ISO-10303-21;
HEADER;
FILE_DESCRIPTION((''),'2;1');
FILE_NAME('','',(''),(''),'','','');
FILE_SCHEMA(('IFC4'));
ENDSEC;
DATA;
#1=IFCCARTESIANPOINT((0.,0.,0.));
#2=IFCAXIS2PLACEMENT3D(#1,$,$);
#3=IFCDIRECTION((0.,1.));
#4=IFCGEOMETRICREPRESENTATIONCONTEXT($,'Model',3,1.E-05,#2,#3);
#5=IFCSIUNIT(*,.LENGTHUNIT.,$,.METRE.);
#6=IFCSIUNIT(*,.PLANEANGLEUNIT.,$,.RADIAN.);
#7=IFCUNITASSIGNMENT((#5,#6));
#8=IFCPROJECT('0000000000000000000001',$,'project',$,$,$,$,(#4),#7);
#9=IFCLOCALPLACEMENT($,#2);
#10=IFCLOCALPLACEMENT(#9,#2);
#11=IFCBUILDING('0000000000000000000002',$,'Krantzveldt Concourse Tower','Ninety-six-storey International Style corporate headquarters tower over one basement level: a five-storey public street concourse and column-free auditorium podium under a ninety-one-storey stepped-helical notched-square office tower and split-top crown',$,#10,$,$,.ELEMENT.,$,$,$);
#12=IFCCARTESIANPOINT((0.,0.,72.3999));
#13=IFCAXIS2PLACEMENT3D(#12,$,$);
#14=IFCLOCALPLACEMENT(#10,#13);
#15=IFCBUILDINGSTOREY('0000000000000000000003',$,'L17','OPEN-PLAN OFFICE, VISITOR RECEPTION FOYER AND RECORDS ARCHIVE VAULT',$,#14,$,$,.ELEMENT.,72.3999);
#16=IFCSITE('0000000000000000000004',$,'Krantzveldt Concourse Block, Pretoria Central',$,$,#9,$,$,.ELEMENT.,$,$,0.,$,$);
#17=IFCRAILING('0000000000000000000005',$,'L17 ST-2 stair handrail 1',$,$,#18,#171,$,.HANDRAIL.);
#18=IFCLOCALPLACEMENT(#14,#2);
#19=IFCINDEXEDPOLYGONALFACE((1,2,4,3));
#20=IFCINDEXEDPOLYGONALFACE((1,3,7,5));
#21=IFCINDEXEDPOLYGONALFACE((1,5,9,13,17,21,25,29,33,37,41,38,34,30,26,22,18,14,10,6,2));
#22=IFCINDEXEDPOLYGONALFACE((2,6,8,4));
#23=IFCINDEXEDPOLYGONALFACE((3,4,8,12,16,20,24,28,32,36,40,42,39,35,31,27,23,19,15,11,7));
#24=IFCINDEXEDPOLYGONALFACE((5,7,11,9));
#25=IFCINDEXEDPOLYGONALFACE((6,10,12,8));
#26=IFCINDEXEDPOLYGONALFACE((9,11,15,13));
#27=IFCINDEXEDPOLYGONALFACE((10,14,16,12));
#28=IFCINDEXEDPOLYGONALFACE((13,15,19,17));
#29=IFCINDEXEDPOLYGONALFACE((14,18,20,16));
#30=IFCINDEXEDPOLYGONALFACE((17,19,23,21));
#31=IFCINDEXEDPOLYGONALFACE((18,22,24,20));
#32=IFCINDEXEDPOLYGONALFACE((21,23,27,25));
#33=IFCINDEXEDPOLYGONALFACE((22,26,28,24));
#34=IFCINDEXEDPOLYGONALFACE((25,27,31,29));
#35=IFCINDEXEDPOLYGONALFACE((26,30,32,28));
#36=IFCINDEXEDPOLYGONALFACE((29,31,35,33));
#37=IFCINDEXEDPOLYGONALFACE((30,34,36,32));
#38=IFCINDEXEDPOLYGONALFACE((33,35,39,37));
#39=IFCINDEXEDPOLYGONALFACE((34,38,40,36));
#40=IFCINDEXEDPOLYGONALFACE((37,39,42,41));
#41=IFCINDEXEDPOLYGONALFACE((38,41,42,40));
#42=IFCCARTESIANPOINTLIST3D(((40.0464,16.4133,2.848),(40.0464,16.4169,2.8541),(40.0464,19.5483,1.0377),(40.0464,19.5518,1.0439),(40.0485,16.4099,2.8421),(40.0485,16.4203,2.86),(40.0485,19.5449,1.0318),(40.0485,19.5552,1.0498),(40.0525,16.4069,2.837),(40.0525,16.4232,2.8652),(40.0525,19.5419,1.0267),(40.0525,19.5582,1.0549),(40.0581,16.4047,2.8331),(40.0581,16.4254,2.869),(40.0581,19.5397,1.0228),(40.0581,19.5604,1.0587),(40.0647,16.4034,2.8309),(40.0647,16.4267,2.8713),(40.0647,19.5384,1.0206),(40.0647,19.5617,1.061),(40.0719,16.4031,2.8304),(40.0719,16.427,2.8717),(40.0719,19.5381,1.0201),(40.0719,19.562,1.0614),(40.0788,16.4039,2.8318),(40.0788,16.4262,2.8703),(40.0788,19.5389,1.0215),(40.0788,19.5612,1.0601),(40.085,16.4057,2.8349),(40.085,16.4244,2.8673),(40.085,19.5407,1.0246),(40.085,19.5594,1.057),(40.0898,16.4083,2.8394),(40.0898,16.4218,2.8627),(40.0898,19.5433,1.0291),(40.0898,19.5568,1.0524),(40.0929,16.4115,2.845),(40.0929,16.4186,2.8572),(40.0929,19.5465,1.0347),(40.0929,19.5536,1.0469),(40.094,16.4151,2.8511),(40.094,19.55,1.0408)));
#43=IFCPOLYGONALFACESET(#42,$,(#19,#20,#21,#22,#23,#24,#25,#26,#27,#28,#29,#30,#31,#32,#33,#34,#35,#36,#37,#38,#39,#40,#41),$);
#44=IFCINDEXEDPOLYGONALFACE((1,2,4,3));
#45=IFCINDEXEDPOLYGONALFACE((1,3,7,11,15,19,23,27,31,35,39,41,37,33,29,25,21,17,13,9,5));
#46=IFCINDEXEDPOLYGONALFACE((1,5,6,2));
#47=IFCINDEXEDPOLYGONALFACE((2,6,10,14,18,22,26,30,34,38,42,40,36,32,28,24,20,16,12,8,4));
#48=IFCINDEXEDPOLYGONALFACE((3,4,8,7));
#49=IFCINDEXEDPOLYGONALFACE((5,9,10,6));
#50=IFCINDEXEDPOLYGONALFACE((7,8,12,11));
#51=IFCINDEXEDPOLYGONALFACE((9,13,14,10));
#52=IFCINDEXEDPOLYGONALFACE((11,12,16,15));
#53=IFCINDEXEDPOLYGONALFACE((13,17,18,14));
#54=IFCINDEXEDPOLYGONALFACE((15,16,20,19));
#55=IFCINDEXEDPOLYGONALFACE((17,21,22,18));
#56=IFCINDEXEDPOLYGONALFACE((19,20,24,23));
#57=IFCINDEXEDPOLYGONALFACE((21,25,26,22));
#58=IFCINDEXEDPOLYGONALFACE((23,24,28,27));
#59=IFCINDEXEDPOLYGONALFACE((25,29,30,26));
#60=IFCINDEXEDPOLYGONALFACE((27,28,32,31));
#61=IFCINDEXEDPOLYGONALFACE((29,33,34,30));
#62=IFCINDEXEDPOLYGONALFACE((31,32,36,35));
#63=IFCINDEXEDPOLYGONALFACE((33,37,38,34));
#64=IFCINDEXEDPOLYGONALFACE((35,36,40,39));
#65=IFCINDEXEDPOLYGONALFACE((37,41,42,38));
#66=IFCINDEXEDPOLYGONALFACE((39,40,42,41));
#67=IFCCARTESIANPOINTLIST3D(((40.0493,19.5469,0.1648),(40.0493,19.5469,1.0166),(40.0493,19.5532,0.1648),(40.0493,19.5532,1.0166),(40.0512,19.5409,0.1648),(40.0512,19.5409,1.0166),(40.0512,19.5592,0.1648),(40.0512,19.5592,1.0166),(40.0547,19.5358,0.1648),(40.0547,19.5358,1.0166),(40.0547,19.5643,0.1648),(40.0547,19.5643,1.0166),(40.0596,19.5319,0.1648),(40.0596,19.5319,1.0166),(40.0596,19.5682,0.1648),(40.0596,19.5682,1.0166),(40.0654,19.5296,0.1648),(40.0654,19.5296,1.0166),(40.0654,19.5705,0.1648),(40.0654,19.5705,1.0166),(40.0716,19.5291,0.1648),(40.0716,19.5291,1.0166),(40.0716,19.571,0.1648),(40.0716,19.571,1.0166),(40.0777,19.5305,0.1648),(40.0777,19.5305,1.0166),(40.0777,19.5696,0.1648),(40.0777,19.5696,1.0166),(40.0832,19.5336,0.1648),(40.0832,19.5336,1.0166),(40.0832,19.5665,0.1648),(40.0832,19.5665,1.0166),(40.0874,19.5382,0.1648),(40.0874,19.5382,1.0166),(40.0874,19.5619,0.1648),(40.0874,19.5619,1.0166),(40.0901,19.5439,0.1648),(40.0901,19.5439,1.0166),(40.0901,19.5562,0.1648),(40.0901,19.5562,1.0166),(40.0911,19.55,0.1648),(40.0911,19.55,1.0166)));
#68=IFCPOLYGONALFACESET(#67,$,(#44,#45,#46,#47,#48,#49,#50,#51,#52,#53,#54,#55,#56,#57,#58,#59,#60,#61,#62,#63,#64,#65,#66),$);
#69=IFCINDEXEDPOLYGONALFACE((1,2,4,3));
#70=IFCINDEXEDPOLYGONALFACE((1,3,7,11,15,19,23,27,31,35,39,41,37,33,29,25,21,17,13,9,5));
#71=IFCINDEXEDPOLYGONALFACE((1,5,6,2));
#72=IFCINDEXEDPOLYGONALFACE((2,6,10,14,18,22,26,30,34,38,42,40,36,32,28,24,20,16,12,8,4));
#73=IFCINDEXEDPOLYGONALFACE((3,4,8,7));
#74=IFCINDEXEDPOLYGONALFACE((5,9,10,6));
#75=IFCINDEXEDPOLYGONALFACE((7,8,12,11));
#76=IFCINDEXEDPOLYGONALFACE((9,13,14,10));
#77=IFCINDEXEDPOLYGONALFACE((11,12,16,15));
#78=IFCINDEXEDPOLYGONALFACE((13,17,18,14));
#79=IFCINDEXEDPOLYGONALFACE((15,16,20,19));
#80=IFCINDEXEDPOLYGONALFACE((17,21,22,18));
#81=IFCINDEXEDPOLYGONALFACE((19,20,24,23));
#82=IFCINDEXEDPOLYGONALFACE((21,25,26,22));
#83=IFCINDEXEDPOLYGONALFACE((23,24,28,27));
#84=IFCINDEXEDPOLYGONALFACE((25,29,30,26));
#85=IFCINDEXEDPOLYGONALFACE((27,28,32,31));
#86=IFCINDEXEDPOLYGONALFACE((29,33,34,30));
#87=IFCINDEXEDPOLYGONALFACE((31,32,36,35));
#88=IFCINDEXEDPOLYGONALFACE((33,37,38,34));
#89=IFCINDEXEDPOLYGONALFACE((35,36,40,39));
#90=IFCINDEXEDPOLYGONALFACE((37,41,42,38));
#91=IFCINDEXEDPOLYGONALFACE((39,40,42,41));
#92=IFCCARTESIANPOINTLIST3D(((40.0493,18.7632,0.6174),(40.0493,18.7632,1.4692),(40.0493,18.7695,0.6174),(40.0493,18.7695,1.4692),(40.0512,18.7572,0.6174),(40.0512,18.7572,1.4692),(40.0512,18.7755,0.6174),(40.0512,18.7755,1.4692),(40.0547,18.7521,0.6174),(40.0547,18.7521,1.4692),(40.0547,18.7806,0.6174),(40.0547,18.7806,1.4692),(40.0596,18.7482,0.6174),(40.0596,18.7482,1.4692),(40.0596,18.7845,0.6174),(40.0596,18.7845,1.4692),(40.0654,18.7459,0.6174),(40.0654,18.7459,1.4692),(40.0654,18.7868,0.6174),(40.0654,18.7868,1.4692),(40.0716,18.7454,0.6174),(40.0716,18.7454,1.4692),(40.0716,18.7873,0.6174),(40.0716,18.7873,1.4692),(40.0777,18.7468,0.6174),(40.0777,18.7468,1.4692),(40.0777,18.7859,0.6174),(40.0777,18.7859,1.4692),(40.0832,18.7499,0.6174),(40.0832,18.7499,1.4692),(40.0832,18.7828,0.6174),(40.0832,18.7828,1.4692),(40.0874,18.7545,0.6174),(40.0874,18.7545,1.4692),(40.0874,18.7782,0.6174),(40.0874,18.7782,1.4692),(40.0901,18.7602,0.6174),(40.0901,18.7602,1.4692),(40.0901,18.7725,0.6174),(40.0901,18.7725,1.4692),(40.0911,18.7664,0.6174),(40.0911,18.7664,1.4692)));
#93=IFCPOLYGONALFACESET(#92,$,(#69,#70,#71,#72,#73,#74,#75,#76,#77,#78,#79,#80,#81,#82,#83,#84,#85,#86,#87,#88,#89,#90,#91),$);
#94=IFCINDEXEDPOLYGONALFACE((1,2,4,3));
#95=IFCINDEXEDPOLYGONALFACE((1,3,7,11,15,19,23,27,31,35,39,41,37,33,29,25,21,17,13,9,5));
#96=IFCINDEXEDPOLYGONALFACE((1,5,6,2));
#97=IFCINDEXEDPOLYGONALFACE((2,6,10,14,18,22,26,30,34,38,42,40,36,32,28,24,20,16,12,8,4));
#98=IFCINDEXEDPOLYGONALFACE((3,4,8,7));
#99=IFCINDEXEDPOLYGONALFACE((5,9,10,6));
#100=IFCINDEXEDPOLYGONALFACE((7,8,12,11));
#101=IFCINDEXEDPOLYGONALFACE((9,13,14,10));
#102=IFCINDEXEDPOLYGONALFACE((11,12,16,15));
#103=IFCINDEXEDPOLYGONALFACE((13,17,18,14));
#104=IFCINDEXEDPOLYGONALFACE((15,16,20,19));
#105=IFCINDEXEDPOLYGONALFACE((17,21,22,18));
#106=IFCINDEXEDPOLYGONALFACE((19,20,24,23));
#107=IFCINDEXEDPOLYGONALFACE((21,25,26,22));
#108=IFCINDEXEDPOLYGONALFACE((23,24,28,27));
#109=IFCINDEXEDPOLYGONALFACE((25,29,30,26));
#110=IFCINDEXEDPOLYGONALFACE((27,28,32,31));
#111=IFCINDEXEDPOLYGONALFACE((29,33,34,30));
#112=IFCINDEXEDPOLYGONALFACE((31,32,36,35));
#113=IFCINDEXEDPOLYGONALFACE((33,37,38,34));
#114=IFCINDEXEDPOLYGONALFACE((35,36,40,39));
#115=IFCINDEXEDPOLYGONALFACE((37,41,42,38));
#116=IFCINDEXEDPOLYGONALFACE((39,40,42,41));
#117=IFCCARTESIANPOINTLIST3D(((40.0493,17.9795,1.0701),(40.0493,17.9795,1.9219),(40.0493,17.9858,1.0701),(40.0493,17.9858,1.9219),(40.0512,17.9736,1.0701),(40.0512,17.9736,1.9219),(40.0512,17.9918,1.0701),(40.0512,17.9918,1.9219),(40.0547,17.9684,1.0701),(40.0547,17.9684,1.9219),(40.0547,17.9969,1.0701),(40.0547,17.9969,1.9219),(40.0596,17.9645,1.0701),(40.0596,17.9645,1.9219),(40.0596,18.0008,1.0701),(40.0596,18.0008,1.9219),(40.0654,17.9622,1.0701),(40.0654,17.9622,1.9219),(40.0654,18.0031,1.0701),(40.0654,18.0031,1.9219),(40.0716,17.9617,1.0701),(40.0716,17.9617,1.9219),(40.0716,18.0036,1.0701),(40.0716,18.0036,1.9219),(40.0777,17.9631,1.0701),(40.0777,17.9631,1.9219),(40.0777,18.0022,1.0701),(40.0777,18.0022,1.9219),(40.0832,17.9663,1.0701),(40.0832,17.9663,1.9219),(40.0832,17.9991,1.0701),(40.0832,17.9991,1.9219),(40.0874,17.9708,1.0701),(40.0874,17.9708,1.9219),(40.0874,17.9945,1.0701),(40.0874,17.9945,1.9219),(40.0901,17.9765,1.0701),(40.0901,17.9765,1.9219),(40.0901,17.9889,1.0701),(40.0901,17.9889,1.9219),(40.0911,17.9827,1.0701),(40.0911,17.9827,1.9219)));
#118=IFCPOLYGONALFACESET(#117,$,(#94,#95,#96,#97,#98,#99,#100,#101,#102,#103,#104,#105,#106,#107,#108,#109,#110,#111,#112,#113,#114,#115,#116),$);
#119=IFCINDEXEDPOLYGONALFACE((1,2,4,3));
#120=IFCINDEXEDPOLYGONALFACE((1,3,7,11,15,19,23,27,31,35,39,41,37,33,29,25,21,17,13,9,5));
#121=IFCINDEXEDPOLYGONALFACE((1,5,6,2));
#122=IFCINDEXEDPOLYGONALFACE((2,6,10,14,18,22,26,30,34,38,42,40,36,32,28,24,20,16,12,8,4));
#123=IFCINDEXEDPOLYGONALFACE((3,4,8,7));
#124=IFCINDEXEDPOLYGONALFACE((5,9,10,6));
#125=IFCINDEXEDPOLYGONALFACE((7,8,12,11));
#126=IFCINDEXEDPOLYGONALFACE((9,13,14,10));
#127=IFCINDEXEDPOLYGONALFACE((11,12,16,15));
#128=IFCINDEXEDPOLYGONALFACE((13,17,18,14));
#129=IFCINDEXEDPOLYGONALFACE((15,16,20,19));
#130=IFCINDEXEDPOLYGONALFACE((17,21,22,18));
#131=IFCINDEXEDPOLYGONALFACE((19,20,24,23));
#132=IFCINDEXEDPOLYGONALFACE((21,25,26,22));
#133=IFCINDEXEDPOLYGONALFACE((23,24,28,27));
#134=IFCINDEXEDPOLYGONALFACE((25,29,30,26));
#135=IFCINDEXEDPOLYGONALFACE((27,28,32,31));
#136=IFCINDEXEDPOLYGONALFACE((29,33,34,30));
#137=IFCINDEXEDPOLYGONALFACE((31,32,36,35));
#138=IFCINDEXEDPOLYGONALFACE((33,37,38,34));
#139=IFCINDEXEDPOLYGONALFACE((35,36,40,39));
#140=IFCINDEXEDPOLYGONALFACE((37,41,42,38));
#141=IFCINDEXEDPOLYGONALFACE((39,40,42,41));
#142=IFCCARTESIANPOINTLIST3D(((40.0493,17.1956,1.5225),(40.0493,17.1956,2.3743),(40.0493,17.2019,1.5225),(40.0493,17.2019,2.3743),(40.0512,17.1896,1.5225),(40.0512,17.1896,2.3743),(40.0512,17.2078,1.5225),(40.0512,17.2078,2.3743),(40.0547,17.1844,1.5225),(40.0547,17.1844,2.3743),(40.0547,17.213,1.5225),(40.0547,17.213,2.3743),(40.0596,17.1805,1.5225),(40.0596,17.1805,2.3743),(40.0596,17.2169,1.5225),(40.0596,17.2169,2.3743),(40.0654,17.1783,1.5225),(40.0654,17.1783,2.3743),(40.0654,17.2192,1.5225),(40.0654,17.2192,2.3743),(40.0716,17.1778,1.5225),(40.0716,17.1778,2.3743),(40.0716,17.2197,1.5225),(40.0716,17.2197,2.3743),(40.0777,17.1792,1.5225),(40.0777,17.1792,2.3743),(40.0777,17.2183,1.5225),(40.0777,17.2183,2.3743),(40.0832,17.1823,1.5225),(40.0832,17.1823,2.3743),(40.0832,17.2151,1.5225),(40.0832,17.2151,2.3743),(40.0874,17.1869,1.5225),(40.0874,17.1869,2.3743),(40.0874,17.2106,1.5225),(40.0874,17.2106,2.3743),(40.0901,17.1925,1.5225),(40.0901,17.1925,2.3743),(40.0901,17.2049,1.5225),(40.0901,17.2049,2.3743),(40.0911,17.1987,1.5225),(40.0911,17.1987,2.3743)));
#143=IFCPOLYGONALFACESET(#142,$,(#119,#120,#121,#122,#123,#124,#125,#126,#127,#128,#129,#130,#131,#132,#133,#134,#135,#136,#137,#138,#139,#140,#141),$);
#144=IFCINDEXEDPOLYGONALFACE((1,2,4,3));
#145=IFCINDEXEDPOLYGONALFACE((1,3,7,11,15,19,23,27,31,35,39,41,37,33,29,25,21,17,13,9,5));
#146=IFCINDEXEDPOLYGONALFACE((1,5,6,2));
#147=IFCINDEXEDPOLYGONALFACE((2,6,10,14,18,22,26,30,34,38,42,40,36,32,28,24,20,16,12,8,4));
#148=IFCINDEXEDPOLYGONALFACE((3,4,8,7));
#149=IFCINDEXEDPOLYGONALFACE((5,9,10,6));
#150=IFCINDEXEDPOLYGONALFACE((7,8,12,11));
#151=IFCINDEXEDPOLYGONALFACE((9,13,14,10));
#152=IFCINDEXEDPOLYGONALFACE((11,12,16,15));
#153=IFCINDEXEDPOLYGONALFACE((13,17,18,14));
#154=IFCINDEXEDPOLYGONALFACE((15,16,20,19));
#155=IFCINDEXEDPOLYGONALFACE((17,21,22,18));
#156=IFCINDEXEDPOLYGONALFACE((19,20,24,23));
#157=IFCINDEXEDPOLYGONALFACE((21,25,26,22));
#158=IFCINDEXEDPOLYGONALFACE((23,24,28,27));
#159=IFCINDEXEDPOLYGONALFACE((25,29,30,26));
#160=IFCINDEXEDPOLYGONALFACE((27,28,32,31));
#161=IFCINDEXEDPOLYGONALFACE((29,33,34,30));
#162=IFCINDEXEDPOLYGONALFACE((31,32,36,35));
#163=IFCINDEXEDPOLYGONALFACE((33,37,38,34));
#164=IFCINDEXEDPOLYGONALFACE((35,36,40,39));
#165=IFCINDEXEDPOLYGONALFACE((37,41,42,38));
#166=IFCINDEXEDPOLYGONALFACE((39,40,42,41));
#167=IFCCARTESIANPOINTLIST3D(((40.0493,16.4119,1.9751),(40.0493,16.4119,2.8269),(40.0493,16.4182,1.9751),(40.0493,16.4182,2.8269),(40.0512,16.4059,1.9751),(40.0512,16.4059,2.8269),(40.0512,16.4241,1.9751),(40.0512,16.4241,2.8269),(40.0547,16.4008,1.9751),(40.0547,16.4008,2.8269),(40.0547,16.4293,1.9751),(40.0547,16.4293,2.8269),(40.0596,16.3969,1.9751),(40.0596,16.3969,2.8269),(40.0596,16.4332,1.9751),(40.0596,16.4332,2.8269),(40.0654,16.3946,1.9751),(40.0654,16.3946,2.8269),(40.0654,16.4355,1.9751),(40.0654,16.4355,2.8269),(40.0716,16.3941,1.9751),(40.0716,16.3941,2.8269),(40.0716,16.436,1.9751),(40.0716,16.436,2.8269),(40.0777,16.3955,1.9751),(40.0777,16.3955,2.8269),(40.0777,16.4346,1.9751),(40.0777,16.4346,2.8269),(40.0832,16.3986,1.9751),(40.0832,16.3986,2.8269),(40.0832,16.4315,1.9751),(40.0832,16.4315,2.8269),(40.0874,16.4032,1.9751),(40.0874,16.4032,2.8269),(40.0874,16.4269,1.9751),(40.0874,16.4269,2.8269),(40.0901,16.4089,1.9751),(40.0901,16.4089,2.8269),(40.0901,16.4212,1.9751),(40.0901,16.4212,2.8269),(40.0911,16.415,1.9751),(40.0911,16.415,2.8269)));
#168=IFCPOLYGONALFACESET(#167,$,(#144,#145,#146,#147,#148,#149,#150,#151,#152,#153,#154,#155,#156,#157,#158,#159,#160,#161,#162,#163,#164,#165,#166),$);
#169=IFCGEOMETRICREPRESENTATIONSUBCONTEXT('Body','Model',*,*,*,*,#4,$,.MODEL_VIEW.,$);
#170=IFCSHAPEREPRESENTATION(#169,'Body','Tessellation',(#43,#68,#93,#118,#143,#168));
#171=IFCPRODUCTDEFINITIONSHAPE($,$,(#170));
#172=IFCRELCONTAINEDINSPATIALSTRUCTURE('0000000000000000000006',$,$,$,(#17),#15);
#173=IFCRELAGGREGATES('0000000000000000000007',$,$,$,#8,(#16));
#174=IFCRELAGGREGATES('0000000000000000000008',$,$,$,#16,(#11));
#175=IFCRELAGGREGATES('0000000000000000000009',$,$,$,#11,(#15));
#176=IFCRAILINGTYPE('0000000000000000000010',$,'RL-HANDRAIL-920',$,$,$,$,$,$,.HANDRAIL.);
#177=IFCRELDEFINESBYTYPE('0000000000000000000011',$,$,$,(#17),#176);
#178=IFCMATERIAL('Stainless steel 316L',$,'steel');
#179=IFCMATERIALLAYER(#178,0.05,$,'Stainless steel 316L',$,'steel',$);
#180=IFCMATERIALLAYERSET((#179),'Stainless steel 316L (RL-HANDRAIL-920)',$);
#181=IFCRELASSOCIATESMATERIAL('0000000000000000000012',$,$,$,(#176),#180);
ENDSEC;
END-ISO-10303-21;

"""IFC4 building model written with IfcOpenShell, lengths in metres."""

from ifc_helpers import new_model, si_unit, direction, frame, origin, origin_2d, place, context, subcontext, project, spatial, circle, extrude, material, layer, layer_set, type_object, element, save


model = new_model("IFC4")

# Units and contexts
model_context = context("Model", 3, precision=1e-05, world=origin(), true_north=direction((0.0, 1.0)))
body_context = subcontext(model_context, "Body", "Model", "MODEL_VIEW")
ifc_project = project(units=[si_unit("LENGTHUNIT", "METRE"), si_unit("PLANEANGLEUNIT", "RADIAN")], contexts=[model_context])

# Site, building, storey
site_placement = place(None, origin())
site = spatial("IfcSite", under=ifc_project, at=site_placement, Name="Krantzveldt Concourse Block, Pretoria Central", CompositionType="ELEMENT", RefElevation=0.0)
building_placement = place(site_placement, origin())
building = spatial("IfcBuilding", under=site, at=building_placement, Name="Krantzveldt Concourse Tower", Description="Ninety-six-storey International Style corporate headquarters tower over one basement level: a five-storey public street concourse and column-free auditorium podium under a ninety-one-storey stepped-helical notched-square office tower and split-top crown", CompositionType="ELEMENT")
storey_placement = place(building_placement, frame((0.0, 0.0, 72.3999)))
storey = spatial("IfcBuildingStorey", under=building, at=storey_placement, Name="L17", Description="OPEN-PLAN OFFICE, VISITOR RECEPTION FOYER AND RECORDS ARCHIVE VAULT", CompositionType="ELEMENT", Elevation=72.3999)

# Shared definitions
ifc_material_1 = material(Name="Stainless steel 316L", Category="steel")

# Railing
ifc_layer_1 = layer(ifc_material_1, 0.05, Name="Stainless steel 316L", Category="steel")
ifc_layer_set_1 = layer_set([ifc_layer_1], Name="Stainless steel 316L (RL-HANDRAIL-920)")
railing_type_1 = type_object("IfcRailingType", Name="RL-HANDRAIL-920", PredefinedType="HANDRAIL", material=ifc_layer_set_1)
railing_1_placement = place(storey_placement, frame((40.0701, 19.55, 0.1648)))
element("IfcRailing", 1, at=railing_1_placement, inside=storey, type_object=railing_type_1, Name="L17 ST-2 stair handrail 1", PredefinedType="HANDRAIL", context=body_context, shape_type="SweptSolid", body=[
    extrude(circle(Radius=0.0239, at=origin_2d()), frame((0.0, 0.0, 0.876), z_axis=(0.0, -0.865989, 0.500063), x_axis=(1.0, 0.0, 0.0)), (0.0, 0.0, 1.0), 3.6201),
    extrude(circle(Radius=0.021, at=origin_2d()), origin(), (0.0, 0.0, 1.0), 0.8518),
    extrude(circle(Radius=0.021, at=origin_2d()), frame((0.0, -0.7837, 0.4526)), (0.0, 0.0, 1.0), 0.8518),
    extrude(circle(Radius=0.021, at=origin_2d()), frame((0.0, -1.5674, 0.9053)), (0.0, 0.0, 1.0), 0.8518),
    extrude(circle(Radius=0.021, at=origin_2d()), frame((0.0, -2.3513, 1.3577)), (0.0, 0.0, 1.0), 0.8518),
    extrude(circle(Radius=0.021, at=origin_2d()), frame((0.0, -3.135, 1.8103)), (0.0, 0.0, 1.0), 0.8518),
])

save(model, "model.ifc")
